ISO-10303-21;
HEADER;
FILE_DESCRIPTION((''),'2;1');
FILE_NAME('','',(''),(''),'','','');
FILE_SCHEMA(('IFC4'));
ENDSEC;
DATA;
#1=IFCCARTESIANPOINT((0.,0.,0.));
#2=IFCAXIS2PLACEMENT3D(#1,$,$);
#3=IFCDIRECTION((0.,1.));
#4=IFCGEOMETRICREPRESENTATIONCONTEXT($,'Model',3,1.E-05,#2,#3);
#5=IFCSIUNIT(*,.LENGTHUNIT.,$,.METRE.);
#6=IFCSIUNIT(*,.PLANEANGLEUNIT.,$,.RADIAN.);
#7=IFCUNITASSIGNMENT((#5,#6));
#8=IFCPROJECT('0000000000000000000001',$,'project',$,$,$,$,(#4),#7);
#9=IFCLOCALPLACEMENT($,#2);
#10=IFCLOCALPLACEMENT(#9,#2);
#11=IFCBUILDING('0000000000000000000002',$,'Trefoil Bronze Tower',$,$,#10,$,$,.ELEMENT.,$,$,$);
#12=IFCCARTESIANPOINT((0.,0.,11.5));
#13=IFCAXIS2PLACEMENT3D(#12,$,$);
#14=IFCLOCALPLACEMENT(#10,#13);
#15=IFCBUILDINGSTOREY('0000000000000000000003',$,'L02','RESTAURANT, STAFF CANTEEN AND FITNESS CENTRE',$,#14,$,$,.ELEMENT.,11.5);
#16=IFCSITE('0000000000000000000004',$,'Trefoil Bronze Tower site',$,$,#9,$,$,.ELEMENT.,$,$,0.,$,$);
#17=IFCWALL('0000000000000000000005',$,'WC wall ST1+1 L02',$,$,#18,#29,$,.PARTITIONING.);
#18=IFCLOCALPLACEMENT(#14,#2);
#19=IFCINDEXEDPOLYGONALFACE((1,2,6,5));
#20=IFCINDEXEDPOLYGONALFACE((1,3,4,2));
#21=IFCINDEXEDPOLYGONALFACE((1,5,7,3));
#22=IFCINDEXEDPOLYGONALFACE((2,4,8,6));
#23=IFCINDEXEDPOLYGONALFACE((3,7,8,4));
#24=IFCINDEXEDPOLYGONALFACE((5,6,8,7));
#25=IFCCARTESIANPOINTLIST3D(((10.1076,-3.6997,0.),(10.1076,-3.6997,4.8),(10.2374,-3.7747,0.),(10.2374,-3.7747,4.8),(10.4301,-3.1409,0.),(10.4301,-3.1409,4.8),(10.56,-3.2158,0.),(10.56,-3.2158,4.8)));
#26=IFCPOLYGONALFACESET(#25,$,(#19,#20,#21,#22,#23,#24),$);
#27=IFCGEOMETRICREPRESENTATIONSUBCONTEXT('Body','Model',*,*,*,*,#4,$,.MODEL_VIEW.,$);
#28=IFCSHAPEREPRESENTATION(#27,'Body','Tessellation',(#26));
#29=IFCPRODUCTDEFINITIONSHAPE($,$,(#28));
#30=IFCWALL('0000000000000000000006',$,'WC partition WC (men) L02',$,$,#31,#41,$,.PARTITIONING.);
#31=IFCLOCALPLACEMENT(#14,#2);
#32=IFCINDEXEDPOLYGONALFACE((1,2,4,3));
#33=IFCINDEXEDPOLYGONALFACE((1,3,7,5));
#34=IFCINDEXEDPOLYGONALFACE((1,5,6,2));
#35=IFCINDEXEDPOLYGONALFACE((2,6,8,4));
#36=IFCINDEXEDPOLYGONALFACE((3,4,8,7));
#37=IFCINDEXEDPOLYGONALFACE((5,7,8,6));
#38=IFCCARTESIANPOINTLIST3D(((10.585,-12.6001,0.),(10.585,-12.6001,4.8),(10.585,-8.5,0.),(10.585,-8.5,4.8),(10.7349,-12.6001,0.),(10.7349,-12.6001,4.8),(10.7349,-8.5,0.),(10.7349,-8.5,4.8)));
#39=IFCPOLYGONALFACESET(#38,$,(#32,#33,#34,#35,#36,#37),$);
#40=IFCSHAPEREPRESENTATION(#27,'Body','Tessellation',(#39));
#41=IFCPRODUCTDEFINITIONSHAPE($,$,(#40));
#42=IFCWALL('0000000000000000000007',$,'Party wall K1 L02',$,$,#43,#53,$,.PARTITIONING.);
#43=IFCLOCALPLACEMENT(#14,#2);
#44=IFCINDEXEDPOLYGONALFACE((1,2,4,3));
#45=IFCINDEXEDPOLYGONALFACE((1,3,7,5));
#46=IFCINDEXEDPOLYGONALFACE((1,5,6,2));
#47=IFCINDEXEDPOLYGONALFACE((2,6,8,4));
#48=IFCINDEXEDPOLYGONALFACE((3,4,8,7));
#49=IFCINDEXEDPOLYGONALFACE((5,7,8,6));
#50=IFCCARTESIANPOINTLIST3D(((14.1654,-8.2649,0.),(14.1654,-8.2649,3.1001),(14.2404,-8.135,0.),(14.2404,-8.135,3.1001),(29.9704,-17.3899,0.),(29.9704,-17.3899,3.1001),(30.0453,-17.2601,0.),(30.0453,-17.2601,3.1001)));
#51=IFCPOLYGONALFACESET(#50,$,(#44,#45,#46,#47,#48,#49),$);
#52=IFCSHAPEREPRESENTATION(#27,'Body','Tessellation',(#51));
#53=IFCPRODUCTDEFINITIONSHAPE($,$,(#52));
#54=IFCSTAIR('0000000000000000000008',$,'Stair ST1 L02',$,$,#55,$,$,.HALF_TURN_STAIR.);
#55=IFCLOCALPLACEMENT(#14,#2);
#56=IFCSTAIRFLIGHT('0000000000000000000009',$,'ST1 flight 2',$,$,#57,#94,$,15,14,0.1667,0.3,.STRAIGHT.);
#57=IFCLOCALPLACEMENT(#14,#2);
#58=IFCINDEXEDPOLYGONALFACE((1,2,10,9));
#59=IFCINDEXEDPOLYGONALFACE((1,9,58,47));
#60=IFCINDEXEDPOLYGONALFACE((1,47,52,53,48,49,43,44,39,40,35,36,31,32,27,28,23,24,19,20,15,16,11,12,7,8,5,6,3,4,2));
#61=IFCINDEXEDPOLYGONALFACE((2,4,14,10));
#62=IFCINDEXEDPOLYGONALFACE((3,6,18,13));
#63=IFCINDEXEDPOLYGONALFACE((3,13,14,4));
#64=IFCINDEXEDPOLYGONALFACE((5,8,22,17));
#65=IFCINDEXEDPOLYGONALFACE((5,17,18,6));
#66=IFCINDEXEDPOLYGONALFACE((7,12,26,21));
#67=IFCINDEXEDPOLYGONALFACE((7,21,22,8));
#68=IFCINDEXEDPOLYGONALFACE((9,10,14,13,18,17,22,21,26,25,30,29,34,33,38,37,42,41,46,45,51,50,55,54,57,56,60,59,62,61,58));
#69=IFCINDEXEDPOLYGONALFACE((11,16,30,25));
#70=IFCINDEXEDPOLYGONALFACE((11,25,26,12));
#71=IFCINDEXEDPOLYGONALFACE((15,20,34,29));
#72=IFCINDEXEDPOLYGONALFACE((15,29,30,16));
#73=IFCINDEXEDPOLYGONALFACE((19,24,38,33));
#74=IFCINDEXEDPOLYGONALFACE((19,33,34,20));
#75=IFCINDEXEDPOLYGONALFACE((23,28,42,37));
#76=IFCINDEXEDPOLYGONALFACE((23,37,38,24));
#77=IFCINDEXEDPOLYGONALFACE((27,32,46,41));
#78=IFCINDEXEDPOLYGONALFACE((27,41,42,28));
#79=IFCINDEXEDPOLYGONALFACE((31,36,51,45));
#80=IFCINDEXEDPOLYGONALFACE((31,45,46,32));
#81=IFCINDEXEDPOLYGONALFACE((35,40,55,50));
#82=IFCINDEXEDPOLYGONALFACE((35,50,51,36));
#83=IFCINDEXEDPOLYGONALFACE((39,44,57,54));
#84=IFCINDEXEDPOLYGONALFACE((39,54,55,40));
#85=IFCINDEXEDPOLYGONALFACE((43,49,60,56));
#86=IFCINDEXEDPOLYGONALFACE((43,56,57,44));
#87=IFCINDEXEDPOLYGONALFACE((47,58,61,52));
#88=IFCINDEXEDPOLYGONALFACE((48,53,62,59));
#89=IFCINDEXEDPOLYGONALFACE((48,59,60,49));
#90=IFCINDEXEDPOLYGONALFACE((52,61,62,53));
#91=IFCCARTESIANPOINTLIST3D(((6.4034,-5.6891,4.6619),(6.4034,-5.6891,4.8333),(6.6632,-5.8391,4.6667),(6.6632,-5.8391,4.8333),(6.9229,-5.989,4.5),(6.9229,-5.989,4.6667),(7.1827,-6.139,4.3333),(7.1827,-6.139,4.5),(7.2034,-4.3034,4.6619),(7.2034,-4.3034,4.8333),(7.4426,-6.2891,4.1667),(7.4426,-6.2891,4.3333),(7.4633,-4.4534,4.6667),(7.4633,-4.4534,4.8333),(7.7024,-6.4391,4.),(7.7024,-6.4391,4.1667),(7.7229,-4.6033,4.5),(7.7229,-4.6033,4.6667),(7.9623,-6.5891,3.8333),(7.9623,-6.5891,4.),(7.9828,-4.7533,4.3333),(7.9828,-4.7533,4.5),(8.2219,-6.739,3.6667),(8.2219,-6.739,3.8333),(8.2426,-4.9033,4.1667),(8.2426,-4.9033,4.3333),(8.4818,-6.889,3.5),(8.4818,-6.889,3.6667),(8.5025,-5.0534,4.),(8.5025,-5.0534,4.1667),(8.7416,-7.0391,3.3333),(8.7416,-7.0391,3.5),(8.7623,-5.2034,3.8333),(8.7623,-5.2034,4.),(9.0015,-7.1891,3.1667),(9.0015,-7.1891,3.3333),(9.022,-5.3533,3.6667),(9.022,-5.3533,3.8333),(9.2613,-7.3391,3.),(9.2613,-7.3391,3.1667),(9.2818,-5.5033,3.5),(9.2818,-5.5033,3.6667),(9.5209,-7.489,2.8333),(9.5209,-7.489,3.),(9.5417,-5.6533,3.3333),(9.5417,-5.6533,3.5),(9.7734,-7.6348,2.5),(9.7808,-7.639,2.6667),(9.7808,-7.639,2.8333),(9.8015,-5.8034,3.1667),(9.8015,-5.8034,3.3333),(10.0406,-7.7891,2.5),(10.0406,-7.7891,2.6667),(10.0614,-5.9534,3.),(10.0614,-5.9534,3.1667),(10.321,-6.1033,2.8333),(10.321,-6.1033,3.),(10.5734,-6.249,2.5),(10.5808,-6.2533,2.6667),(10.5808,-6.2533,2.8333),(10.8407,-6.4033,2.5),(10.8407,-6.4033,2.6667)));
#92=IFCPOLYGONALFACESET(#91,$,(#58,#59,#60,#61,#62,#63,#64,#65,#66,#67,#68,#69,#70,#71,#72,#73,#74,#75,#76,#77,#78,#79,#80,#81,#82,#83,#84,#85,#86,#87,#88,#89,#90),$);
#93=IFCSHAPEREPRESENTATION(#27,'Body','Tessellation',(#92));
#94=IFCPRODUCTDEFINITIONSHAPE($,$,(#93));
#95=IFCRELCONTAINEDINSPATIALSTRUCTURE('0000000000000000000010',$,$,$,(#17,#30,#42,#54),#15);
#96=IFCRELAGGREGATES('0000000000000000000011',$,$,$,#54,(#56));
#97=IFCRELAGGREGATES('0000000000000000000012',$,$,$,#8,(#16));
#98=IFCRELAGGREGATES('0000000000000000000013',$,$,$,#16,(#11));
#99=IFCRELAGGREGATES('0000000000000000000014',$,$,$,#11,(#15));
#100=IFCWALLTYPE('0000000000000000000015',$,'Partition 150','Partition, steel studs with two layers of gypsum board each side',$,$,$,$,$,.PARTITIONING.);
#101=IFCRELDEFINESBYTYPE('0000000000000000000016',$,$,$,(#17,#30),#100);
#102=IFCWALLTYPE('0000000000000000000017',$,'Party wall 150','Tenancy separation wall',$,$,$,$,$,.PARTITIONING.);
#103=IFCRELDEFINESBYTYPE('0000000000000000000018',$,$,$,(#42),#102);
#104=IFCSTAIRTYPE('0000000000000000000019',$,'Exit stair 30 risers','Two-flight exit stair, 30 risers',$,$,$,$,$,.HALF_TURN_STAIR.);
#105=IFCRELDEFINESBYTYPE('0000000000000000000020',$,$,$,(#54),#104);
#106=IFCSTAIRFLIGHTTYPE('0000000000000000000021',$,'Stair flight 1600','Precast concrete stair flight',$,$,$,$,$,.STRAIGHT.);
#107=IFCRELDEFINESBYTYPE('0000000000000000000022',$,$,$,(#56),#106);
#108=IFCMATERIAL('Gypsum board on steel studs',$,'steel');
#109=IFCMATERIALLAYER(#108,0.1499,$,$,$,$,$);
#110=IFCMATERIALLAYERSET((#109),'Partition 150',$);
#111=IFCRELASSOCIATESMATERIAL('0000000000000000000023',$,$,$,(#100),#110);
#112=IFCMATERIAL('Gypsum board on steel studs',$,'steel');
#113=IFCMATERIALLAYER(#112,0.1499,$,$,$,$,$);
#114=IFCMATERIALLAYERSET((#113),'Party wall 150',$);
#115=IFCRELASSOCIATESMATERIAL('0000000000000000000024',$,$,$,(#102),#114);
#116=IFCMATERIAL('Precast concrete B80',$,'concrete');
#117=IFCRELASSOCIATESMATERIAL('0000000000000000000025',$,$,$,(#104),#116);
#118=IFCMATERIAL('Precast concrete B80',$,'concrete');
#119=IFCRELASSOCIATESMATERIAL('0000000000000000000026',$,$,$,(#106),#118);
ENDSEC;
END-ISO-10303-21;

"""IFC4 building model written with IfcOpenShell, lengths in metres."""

from ifc_helpers import new_model, si_unit, direction, frame, frame_2d, origin, place, context, subcontext, project, spatial, polyline, rectangle, outline, extrude, material, layer, layer_set, type_object, element, aggregate, save


model = new_model("IFC4")

# Units and contexts
model_context = context("Model", 3, precision=1e-05, world=origin(), true_north=direction((0.0, 1.0)))
body_context = subcontext(model_context, "Body", "Model", "MODEL_VIEW")
ifc_project = project(units=[si_unit("LENGTHUNIT", "METRE"), si_unit("PLANEANGLEUNIT", "RADIAN")], contexts=[model_context])

# Site, building, storey
site_placement = place(None, origin())
site = spatial("IfcSite", under=ifc_project, at=site_placement, Name="Trefoil Bronze Tower site", CompositionType="ELEMENT", RefElevation=0.0)
building_placement = place(site_placement, origin())
building = spatial("IfcBuilding", under=site, at=building_placement, Name="Trefoil Bronze Tower", CompositionType="ELEMENT")
storey_placement = place(building_placement, frame((0.0, 0.0, 11.5)))
storey = spatial("IfcBuildingStorey", under=building, at=storey_placement, Name="L02", Description="RESTAURANT, STAFF CANTEEN AND FITNESS CENTRE", CompositionType="ELEMENT", Elevation=11.5)

# Shared definitions
ifc_material_1 = material(Name="Gypsum board on steel studs", Category="steel")
ifc_layer_1 = layer(ifc_material_1, 0.1499)
ifc_layer_set_1 = layer_set([ifc_layer_1], Name="Partition 150")
wall_type_1 = type_object("IfcWallType", Name="Partition 150", Description="Partition, steel studs with two layers of gypsum board each side", PredefinedType="PARTITIONING", material=ifc_layer_set_1)

# Walls
wall_1_placement = place(storey_placement, frame((10.4951, -3.1782, 0.0), z_axis=(0.0, 0.0, 1.0), x_axis=(-0.499843, -0.866116, 0.0)))
element("IfcWall", 1, at=wall_1_placement, inside=storey, type_object=wall_type_1, Name="WC wall ST1+1 L02", PredefinedType="PARTITIONING", context=body_context, shape_type="SweptSolid", body=[
    extrude(rectangle(XDim=0.6453, YDim=0.1499, at=frame_2d((0.3228, 0.0))), origin(), (0.0, 0.0, 1.0), 4.8),
])
wall_2_placement = place(storey_placement, frame((10.6599, -8.5, 0.0), z_axis=(0.0, 0.0, 1.0), x_axis=(0.0, -1.0, 0.0)))
element("IfcWall", 2, at=wall_2_placement, inside=storey, type_object=wall_type_1, Name="WC partition WC (men) L02", PredefinedType="PARTITIONING", context=body_context, shape_type="SweptSolid", body=[
    extrude(rectangle(XDim=4.1001, YDim=0.1499, at=frame_2d((2.05, 0.0))), origin(), (0.0, 0.0, 1.0), 4.8),
])
ifc_material_2 = material(Name="Gypsum board on steel studs", Category="steel")
ifc_layer_2 = layer(ifc_material_2, 0.1499)
ifc_layer_set_2 = layer_set([ifc_layer_2], Name="Party wall 150")
wall_type_2 = type_object("IfcWallType", Name="Party wall 150", Description="Tenancy separation wall", PredefinedType="PARTITIONING", material=ifc_layer_set_2)
wall_3_placement = place(storey_placement, frame((14.2029, -8.2, 0.0), z_axis=(0.0, 0.0, 1.0), x_axis=(0.866025, -0.500001, 0.0)))
element("IfcWall", 3, at=wall_3_placement, inside=storey, type_object=wall_type_2, Name="Party wall K1 L02", PredefinedType="PARTITIONING", context=body_context, shape_type="SweptSolid", body=[
    extrude(rectangle(XDim=18.25, YDim=0.1499, at=frame_2d((9.125, 0.0))), origin(), (0.0, 0.0, 1.0), 3.1001),
])

# Stair, stair flight
ifc_material_3 = material(Name="Precast concrete B80", Category="concrete")
stair_type = type_object("IfcStairType", Name="Exit stair 30 risers", Description="Two-flight exit stair, 30 risers", PredefinedType="HALF_TURN_STAIR", material=ifc_material_3)
stair_placement = place(storey_placement, origin())
stair = element("IfcStair", 4, at=stair_placement, inside=storey, type_object=stair_type, Name="Stair ST1 L02", PredefinedType="HALF_TURN_STAIR")
ifc_material_4 = material(Name="Precast concrete B80", Category="concrete")
stair_flight_type = type_object("IfcStairFlightType", Name="Stair flight 1600", Description="Precast concrete stair flight", PredefinedType="STRAIGHT", material=ifc_material_4)
stair_flight_placement = place(storey_placement, frame((10.4407, -7.0962, 2.5), z_axis=(0.0, 0.0, 1.0), x_axis=(-0.866025, 0.5, 0.0)))
stair_flight = element("IfcStairFlight", 5, at=stair_flight_placement, type_object=stair_flight_type, Name="ST1 flight 2", NumberOfRisers=15, NumberOfTreads=14, PredefinedType="STRAIGHT", RiserHeight=0.1667, TreadLength=0.3, context=body_context, shape_type="SweptSolid", body=[
    extrude(outline(polyline([(0.0, 0.0), (0.0, 0.1667), (0.3, 0.1667), (0.3, 0.3333), (0.6001, 0.3333), (0.6001, 0.5), (0.8999, 0.5), (0.8999, 0.6667), (1.2, 0.6667), (1.2, 0.8333), (1.5, 0.8333), (1.5, 1.0), (1.8, 1.0), (1.8, 1.1667), (2.1001, 1.1667), (2.1001, 1.3333), (2.3999, 1.3333), (2.3999, 1.5), (2.7, 1.5), (2.7, 1.6667), (3.0, 1.6667), (3.0, 1.8333), (3.3, 1.8333), (3.3, 2.0), (3.6001, 2.0), (3.6001, 2.1667), (3.8999, 2.1667), (3.8999, 2.3333), (4.2, 2.3333), (4.2, 2.5), (4.2, 2.1619), (0.3086, 0.0), (0.0, 0.0)])), frame((0.0, 0.8, 0.0), z_axis=(0.0, -1.0, 0.0), x_axis=(1.0, 0.0, 0.0)), (0.0, 0.0, 1.0), 1.6001),
])
aggregate(stair, [stair_flight])

save(model, "model.ifc")
